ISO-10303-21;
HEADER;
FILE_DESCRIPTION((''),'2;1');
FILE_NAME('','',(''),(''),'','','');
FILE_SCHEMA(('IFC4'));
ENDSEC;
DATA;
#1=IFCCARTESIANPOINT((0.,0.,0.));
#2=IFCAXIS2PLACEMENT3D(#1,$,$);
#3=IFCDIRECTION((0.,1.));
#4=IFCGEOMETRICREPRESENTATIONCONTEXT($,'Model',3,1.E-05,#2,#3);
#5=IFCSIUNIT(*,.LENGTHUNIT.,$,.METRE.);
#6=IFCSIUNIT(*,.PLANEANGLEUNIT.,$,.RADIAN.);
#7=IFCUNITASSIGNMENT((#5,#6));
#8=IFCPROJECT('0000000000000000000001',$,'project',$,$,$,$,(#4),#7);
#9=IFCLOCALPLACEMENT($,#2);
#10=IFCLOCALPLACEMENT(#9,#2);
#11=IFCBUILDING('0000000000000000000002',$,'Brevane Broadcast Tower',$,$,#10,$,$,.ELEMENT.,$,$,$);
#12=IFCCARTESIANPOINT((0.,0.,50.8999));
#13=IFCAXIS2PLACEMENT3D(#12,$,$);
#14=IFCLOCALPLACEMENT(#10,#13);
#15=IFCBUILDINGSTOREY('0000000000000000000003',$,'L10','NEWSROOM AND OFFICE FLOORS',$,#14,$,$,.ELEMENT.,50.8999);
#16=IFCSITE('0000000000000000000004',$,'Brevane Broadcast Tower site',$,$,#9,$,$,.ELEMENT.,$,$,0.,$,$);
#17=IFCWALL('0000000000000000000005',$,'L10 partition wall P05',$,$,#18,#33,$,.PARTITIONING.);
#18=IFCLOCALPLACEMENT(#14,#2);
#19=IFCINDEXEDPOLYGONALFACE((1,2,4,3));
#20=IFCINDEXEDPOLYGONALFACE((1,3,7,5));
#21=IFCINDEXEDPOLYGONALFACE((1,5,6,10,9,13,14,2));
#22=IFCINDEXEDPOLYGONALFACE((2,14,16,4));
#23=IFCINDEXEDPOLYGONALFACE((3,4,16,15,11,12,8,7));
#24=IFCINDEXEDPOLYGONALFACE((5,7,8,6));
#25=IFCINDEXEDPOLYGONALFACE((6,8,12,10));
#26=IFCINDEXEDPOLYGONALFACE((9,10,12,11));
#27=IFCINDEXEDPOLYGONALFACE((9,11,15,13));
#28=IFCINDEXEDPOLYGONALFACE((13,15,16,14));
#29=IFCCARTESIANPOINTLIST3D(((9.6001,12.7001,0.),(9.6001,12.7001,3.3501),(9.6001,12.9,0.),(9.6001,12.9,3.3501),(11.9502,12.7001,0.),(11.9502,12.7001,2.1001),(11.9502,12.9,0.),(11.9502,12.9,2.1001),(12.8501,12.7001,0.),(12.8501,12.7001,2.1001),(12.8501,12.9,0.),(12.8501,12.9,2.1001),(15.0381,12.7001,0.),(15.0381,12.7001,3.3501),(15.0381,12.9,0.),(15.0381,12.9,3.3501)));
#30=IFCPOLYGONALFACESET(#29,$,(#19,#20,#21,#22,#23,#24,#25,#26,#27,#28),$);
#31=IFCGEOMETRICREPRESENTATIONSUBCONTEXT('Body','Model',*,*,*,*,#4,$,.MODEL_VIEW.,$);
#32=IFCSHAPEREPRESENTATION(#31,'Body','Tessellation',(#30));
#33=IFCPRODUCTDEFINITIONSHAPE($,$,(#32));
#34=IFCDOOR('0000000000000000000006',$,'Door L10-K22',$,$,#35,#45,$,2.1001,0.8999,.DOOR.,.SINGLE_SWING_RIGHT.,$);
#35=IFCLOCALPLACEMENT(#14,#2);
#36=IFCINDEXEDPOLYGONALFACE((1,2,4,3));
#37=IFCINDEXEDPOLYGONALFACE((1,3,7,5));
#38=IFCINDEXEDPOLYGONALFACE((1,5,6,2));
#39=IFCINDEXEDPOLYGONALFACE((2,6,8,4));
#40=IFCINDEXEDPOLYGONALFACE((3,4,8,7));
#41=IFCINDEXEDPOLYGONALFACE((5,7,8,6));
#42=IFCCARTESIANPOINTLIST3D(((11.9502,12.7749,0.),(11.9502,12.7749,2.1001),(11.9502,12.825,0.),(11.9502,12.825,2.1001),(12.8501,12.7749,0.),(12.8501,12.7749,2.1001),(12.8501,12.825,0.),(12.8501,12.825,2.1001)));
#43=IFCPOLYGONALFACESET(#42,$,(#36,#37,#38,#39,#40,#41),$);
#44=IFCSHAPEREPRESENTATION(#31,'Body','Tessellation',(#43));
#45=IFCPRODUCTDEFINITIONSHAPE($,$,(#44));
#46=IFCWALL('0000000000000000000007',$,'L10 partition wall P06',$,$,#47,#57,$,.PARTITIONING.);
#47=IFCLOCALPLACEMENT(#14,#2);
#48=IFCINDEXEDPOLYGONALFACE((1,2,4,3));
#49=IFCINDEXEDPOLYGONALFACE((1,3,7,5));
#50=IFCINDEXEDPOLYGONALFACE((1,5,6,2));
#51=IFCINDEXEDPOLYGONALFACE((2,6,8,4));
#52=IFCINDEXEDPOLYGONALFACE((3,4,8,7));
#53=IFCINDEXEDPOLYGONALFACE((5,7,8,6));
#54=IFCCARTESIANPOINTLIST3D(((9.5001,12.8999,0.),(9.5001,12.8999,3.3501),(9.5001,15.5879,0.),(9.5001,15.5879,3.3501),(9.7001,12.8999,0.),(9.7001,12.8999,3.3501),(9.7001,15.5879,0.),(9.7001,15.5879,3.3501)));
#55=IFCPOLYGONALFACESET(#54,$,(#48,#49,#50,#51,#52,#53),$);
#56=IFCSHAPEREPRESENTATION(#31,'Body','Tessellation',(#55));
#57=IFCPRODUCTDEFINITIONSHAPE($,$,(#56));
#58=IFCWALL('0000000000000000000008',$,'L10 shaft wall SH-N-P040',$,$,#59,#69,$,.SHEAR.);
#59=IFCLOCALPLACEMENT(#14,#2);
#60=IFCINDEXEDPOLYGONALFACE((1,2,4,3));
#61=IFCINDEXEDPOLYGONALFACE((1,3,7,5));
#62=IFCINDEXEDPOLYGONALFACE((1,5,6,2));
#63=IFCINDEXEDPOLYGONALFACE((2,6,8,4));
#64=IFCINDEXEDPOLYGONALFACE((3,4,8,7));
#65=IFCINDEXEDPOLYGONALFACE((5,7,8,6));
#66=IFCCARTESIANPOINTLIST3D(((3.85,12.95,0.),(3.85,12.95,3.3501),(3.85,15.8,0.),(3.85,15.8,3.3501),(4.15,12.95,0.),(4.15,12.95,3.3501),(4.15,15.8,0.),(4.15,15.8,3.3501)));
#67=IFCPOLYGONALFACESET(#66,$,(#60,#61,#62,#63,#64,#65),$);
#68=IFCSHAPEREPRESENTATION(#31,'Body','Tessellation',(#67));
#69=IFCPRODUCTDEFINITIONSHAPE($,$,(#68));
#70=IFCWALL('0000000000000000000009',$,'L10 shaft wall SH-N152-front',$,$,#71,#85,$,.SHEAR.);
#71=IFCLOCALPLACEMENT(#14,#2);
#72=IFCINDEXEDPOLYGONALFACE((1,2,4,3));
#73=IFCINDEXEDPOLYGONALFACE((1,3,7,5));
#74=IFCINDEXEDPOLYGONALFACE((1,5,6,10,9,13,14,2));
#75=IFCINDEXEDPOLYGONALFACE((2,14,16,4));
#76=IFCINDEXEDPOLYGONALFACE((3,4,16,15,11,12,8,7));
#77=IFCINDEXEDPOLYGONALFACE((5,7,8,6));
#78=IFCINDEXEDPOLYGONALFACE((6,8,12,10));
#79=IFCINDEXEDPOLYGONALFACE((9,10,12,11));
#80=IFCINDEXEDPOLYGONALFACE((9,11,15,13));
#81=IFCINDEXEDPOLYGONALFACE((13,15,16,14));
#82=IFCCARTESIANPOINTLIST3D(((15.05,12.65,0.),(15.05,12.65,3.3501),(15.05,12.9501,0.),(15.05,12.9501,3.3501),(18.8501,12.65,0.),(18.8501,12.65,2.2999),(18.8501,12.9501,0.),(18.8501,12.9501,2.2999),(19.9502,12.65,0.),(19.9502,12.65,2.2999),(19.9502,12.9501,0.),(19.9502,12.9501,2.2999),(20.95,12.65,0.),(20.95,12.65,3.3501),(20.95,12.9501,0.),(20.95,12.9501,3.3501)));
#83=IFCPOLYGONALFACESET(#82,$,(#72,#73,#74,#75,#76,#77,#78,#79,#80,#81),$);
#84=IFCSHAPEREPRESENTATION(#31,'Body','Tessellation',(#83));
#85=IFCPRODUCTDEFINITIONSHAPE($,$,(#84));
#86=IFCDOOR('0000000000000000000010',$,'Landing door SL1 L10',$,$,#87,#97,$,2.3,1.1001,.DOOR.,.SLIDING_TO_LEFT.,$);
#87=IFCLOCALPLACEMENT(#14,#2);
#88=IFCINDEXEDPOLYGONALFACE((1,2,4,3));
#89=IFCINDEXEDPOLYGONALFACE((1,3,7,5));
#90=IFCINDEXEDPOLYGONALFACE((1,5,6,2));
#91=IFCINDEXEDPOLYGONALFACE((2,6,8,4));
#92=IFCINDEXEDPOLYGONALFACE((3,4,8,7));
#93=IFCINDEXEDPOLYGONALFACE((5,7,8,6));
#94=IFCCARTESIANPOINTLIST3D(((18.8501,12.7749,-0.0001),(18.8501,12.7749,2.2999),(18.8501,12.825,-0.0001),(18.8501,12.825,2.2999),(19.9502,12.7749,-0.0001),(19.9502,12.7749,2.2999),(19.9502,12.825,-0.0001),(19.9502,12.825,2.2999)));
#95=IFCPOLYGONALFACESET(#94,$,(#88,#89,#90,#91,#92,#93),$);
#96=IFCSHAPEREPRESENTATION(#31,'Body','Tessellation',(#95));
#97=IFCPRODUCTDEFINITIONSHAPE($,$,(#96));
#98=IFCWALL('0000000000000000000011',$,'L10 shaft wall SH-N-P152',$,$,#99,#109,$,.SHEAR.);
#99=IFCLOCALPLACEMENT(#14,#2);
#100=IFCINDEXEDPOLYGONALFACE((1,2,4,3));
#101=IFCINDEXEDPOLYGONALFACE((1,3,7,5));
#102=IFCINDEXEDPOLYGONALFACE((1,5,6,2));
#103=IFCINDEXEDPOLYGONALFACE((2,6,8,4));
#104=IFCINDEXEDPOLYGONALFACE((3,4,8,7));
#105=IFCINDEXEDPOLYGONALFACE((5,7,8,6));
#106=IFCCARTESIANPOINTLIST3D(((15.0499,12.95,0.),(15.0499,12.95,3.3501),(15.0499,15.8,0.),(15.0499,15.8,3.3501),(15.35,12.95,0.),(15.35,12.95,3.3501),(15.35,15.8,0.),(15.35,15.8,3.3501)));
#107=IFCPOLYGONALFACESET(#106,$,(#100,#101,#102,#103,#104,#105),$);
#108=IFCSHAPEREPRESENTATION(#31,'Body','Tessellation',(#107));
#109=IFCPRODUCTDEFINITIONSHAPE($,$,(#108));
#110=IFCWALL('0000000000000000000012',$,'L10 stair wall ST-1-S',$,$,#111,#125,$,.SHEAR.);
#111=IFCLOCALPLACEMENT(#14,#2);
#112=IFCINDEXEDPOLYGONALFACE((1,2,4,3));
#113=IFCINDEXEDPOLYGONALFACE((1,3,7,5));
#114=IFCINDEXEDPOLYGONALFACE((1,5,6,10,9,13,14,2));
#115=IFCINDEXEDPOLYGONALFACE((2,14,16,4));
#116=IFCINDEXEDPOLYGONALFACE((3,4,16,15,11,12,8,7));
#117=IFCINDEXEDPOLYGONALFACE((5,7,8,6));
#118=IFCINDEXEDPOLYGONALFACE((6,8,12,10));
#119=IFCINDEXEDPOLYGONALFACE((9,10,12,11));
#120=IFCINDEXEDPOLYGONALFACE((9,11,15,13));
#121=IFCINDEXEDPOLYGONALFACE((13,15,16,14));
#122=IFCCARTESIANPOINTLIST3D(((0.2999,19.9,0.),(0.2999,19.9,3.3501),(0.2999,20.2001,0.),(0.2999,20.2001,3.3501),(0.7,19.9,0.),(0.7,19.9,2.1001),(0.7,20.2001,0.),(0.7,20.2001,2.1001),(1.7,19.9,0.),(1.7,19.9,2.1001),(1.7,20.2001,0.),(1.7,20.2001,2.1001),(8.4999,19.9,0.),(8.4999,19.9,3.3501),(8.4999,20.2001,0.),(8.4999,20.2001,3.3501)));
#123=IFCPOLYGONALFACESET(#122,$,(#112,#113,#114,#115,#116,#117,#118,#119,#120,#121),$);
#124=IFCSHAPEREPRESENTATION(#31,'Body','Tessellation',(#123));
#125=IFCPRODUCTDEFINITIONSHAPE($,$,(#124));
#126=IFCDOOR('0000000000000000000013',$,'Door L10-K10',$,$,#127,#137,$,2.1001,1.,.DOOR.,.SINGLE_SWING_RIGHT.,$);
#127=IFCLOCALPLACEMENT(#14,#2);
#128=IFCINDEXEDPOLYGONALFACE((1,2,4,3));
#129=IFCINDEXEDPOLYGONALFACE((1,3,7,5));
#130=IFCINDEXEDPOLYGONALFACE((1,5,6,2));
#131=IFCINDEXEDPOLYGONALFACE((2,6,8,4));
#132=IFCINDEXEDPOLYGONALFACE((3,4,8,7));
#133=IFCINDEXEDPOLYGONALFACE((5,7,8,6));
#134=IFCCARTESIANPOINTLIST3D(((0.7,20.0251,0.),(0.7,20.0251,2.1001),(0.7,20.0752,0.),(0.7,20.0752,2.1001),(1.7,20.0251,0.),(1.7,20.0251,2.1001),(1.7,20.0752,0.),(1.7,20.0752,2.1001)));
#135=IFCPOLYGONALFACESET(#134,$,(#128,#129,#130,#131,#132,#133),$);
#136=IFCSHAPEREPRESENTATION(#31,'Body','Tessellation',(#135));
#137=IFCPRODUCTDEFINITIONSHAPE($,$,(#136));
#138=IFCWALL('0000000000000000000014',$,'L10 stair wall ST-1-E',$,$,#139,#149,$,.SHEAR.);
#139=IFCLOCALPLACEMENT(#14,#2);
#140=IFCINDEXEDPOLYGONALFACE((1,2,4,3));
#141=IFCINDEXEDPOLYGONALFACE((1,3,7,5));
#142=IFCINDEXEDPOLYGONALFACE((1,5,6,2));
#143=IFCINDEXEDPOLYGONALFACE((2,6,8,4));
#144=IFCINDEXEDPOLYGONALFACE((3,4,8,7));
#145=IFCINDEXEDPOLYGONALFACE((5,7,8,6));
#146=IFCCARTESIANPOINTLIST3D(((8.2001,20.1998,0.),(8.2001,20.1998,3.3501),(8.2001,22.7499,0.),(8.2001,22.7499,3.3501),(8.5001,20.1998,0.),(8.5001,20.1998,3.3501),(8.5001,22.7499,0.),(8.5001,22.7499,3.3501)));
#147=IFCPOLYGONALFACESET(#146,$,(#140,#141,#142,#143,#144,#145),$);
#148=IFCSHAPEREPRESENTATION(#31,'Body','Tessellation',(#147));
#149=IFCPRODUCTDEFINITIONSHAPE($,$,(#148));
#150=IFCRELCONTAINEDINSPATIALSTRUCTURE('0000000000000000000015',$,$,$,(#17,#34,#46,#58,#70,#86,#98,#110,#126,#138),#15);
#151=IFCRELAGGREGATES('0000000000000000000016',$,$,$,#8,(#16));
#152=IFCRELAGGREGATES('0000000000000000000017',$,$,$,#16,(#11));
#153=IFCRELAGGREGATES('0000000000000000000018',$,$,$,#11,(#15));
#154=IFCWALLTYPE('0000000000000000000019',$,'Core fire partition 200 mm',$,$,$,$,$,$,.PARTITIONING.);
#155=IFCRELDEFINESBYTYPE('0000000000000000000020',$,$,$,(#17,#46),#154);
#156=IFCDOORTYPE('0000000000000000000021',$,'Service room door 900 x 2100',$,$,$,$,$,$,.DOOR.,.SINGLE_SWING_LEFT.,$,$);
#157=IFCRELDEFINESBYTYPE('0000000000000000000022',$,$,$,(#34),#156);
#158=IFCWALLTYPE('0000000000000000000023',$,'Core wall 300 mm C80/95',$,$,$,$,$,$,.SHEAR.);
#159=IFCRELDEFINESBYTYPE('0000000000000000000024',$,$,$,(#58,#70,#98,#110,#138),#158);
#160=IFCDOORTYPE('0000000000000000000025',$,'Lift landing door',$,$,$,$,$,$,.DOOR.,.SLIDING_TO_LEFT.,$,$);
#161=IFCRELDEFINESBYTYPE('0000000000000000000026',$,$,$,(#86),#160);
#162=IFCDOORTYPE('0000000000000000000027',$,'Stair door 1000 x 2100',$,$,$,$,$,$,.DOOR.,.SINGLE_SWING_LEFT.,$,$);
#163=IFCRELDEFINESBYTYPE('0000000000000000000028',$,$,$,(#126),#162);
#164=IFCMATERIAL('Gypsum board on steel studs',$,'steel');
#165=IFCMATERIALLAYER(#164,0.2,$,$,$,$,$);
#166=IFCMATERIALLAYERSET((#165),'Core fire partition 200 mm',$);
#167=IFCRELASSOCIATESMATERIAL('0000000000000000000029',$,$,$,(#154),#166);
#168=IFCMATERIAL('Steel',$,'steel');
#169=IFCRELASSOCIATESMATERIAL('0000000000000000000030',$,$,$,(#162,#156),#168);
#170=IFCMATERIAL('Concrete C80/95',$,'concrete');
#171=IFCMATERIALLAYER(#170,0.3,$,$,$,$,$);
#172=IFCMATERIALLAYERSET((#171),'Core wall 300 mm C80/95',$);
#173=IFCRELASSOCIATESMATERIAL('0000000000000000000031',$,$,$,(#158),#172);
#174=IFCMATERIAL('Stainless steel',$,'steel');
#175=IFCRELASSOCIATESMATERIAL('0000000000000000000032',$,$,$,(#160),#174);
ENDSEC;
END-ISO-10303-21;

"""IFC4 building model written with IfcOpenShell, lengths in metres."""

from ifc_helpers import new_model, si_unit, direction, frame, frame_2d, origin, place, context, subcontext, project, spatial, rectangle, extrude, material, layer, layer_set, type_object, element, fill, save


model = new_model("IFC4")

# Units and contexts
model_context = context("Model", 3, precision=1e-05, world=origin(), true_north=direction((0.0, 1.0)))
body_context = subcontext(model_context, "Body", "Model", "MODEL_VIEW")
ifc_project = project(units=[si_unit("LENGTHUNIT", "METRE"), si_unit("PLANEANGLEUNIT", "RADIAN")], contexts=[model_context])

# Site, building, storey
site_placement = place(None, origin())
site = spatial("IfcSite", under=ifc_project, at=site_placement, Name="Brevane Broadcast Tower site", CompositionType="ELEMENT", RefElevation=0.0)
building_placement = place(site_placement, origin())
building = spatial("IfcBuilding", under=site, at=building_placement, Name="Brevane Broadcast Tower", CompositionType="ELEMENT")
storey_placement = place(building_placement, frame((0.0, 0.0, 50.8999)))
storey = spatial("IfcBuildingStorey", under=building, at=storey_placement, Name="L10", Description="NEWSROOM AND OFFICE FLOORS", CompositionType="ELEMENT", Elevation=50.8999)

# Shared definitions
ifc_material_1 = material(Name="Gypsum board on steel studs", Category="steel")
ifc_material_2 = material(Name="Steel", Category="steel")

# Wall, opening, door
ifc_layer_1 = layer(ifc_material_1, 0.2)
ifc_layer_set_1 = layer_set([ifc_layer_1], Name="Core fire partition 200 mm")
wall_type_1 = type_object("IfcWallType", Name="Core fire partition 200 mm", PredefinedType="PARTITIONING", material=ifc_layer_set_1)
door_type_1 = type_object("IfcDoorType", Name="Stair door 1000 x 2100", OperationType="SINGLE_SWING_LEFT", PredefinedType="DOOR", material=ifc_material_2)
door_type_2 = type_object("IfcDoorType", Name="Service room door 900 x 2100", OperationType="SINGLE_SWING_LEFT", PredefinedType="DOOR", material=ifc_material_2)
wall_1_placement = place(storey_placement, frame((9.6001, 12.8, 0.0), z_axis=(0.0, 0.0, 1.0), x_axis=(1.0, 0.0, 0.0)))
wall_1 = element("IfcWall", 1, at=wall_1_placement, inside=storey, type_object=wall_type_1, Name="L10 partition wall P05", PredefinedType="PARTITIONING", context=body_context, shape_type="SweptSolid", body=[
    extrude(rectangle(XDim=5.438, YDim=0.2, at=frame_2d((2.719, 0.0))), origin(), (0.0, 0.0, 1.0), 3.3501),
])
opening_1_placement = place(wall_1_placement, frame((2.3501, 0.0, 0.0)))
opening_1 = element("IfcOpeningElement", 2, at=opening_1_placement, cuts=wall_1, PredefinedType="OPENING", context=body_context, shape_type="SweptSolid", body=[
    extrude(rectangle(XDim=0.8999, YDim=2.1001, at=frame_2d((0.45, 1.05))), frame((0.0, 0.1099, 0.0), z_axis=(0.0, -1.0, 0.0), x_axis=(1.0, 0.0, 0.0)), (0.0, 0.0, 1.0), 0.22),
])
door_1_placement = place(opening_1_placement, origin())
door_1 = element("IfcDoor", 3, at=door_1_placement, inside=storey, type_object=door_type_2, Name="Door L10-K22", OperationType="SINGLE_SWING_RIGHT", OverallHeight=2.1001, OverallWidth=0.8999, PredefinedType="DOOR", context=body_context, shape_type="SweptSolid", body=[
    extrude(rectangle(XDim=0.8999, YDim=2.1001, at=frame_2d((0.45, 1.05))), frame((0.0, 0.0249, 0.0), z_axis=(0.0, -1.0, 0.0), x_axis=(1.0, 0.0, 0.0)), (0.0, 0.0, 1.0), 0.05),
])
fill(opening_1, door_1)

# Walls
wall_2_placement = place(storey_placement, frame((9.6001, 15.5879, 0.0), z_axis=(0.0, 0.0, 1.0), x_axis=(0.0, -1.0, 0.0)))
element("IfcWall", 4, at=wall_2_placement, inside=storey, type_object=wall_type_1, Name="L10 partition wall P06", PredefinedType="PARTITIONING", context=body_context, shape_type="SweptSolid", body=[
    extrude(rectangle(XDim=2.688, YDim=0.2, at=frame_2d((1.344, 0.0))), origin(), (0.0, 0.0, 1.0), 3.3501),
])
ifc_material_3 = material(Name="Concrete C80/95", Category="concrete")
ifc_layer_2 = layer(ifc_material_3, 0.3)
ifc_layer_set_2 = layer_set([ifc_layer_2], Name="Core wall 300 mm C80/95")
wall_type_2 = type_object("IfcWallType", Name="Core wall 300 mm C80/95", PredefinedType="SHEAR", material=ifc_layer_set_2)
wall_3_placement = place(storey_placement, frame((4.0, 12.95, 0.0), z_axis=(0.0, 0.0, 1.0), x_axis=(0.0, 1.0, 0.0)))
element("IfcWall", 5, at=wall_3_placement, inside=storey, type_object=wall_type_2, Name="L10 shaft wall SH-N-P040", PredefinedType="SHEAR", context=body_context, shape_type="SweptSolid", body=[
    extrude(rectangle(XDim=2.8501, YDim=0.3, at=frame_2d((1.425, 0.0))), origin(), (0.0, 0.0, 1.0), 3.3501),
])

# Wall, opening, door
wall_4_placement = place(storey_placement, frame((15.05, 12.8, 0.0), z_axis=(0.0, 0.0, 1.0), x_axis=(1.0, 0.0, 0.0)))
wall_4 = element("IfcWall", 6, at=wall_4_placement, inside=storey, type_object=wall_type_2, Name="L10 shaft wall SH-N152-front", PredefinedType="SHEAR", context=body_context, shape_type="SweptSolid", body=[
    extrude(rectangle(XDim=5.8999, YDim=0.3, at=frame_2d((2.95, 0.0))), origin(), (0.0, 0.0, 1.0), 3.3501),
])
opening_2_placement = place(wall_4_placement, frame((3.8, 0.0, 0.0)))
opening_2 = element("IfcOpeningElement", 7, at=opening_2_placement, cuts=wall_4, PredefinedType="OPENING", context=body_context, shape_type="SweptSolid", body=[
    extrude(rectangle(XDim=1.1001, YDim=2.3, at=frame_2d((0.55, 1.1499))), frame((0.0, 0.1599, 0.0), z_axis=(0.0, -1.0, 0.0), x_axis=(1.0, 0.0, 0.0)), (0.0, 0.0, 1.0), 0.3201),
])
ifc_material_4 = material(Name="Stainless steel", Category="steel")
door_type_3 = type_object("IfcDoorType", Name="Lift landing door", OperationType="SLIDING_TO_LEFT", PredefinedType="DOOR", material=ifc_material_4)
door_2_placement = place(opening_2_placement, origin())
door_2 = element("IfcDoor", 8, at=door_2_placement, inside=storey, type_object=door_type_3, Name="Landing door SL1 L10", OperationType="SLIDING_TO_LEFT", OverallHeight=2.3, OverallWidth=1.1001, PredefinedType="DOOR", context=body_context, shape_type="SweptSolid", body=[
    extrude(rectangle(XDim=1.1001, YDim=2.3, at=frame_2d((0.55, 1.1499))), frame((0.0, 0.0249, 0.0), z_axis=(0.0, -1.0, 0.0), x_axis=(1.0, 0.0, 0.0)), (0.0, 0.0, 1.0), 0.05),
])
fill(opening_2, door_2)

# Wall
wall_5_placement = place(storey_placement, frame((15.2, 12.95, 0.0), z_axis=(0.0, 0.0, 1.0), x_axis=(0.0, 1.0, 0.0)))
element("IfcWall", 9, at=wall_5_placement, inside=storey, type_object=wall_type_2, Name="L10 shaft wall SH-N-P152", PredefinedType="SHEAR", context=body_context, shape_type="SweptSolid", body=[
    extrude(rectangle(XDim=2.8501, YDim=0.3, at=frame_2d((1.425, 0.0))), origin(), (0.0, 0.0, 1.0), 3.3501),
])

# Wall, opening, door
wall_6_placement = place(storey_placement, frame((8.5, 20.05, 0.0), z_axis=(0.0, 0.0, 1.0), x_axis=(-1.0, 0.0, 0.0)))
wall_6 = element("IfcWall", 10, at=wall_6_placement, inside=storey, type_object=wall_type_2, Name="L10 stair wall ST-1-S", PredefinedType="SHEAR", context=body_context, shape_type="SweptSolid", body=[
    extrude(rectangle(XDim=8.2, YDim=0.3, at=frame_2d((4.1001, 0.0))), origin(), (0.0, 0.0, 1.0), 3.3501),
])
opening_3_placement = place(wall_6_placement, frame((6.8, 0.0, 0.0)))
opening_3 = element("IfcOpeningElement", 11, at=opening_3_placement, cuts=wall_6, PredefinedType="OPENING", context=body_context, shape_type="SweptSolid", body=[
    extrude(rectangle(XDim=1.0, YDim=2.1001, at=frame_2d((0.5, 1.05))), frame((0.0, 0.1599, 0.0), z_axis=(0.0, -1.0, 0.0), x_axis=(1.0, 0.0, 0.0)), (0.0, 0.0, 1.0), 0.3201),
])
door_3_placement = place(opening_3_placement, origin())
door_3 = element("IfcDoor", 12, at=door_3_placement, inside=storey, type_object=door_type_1, Name="Door L10-K10", OperationType="SINGLE_SWING_RIGHT", OverallHeight=2.1001, OverallWidth=1.0, PredefinedType="DOOR", context=body_context, shape_type="SweptSolid", body=[
    extrude(rectangle(XDim=1.0, YDim=2.1001, at=frame_2d((0.5, 1.05))), frame((0.0, 0.0249, 0.0), z_axis=(0.0, -1.0, 0.0), x_axis=(1.0, 0.0, 0.0)), (0.0, 0.0, 1.0), 0.05),
])
fill(opening_3, door_3)

# Wall
wall_7_placement = place(storey_placement, frame((8.3501, 20.2, 0.0), z_axis=(0.0, 0.0, 1.0), x_axis=(0.0, 1.0, 0.0)))
element("IfcWall", 13, at=wall_7_placement, inside=storey, type_object=wall_type_2, Name="L10 stair wall ST-1-E", PredefinedType="SHEAR", context=body_context, shape_type="SweptSolid", body=[
    extrude(rectangle(XDim=2.55, YDim=0.3, at=frame_2d((1.2749, 0.0))), origin(), (0.0, 0.0, 1.0), 3.3501),
])

save(model, "model.ifc")
